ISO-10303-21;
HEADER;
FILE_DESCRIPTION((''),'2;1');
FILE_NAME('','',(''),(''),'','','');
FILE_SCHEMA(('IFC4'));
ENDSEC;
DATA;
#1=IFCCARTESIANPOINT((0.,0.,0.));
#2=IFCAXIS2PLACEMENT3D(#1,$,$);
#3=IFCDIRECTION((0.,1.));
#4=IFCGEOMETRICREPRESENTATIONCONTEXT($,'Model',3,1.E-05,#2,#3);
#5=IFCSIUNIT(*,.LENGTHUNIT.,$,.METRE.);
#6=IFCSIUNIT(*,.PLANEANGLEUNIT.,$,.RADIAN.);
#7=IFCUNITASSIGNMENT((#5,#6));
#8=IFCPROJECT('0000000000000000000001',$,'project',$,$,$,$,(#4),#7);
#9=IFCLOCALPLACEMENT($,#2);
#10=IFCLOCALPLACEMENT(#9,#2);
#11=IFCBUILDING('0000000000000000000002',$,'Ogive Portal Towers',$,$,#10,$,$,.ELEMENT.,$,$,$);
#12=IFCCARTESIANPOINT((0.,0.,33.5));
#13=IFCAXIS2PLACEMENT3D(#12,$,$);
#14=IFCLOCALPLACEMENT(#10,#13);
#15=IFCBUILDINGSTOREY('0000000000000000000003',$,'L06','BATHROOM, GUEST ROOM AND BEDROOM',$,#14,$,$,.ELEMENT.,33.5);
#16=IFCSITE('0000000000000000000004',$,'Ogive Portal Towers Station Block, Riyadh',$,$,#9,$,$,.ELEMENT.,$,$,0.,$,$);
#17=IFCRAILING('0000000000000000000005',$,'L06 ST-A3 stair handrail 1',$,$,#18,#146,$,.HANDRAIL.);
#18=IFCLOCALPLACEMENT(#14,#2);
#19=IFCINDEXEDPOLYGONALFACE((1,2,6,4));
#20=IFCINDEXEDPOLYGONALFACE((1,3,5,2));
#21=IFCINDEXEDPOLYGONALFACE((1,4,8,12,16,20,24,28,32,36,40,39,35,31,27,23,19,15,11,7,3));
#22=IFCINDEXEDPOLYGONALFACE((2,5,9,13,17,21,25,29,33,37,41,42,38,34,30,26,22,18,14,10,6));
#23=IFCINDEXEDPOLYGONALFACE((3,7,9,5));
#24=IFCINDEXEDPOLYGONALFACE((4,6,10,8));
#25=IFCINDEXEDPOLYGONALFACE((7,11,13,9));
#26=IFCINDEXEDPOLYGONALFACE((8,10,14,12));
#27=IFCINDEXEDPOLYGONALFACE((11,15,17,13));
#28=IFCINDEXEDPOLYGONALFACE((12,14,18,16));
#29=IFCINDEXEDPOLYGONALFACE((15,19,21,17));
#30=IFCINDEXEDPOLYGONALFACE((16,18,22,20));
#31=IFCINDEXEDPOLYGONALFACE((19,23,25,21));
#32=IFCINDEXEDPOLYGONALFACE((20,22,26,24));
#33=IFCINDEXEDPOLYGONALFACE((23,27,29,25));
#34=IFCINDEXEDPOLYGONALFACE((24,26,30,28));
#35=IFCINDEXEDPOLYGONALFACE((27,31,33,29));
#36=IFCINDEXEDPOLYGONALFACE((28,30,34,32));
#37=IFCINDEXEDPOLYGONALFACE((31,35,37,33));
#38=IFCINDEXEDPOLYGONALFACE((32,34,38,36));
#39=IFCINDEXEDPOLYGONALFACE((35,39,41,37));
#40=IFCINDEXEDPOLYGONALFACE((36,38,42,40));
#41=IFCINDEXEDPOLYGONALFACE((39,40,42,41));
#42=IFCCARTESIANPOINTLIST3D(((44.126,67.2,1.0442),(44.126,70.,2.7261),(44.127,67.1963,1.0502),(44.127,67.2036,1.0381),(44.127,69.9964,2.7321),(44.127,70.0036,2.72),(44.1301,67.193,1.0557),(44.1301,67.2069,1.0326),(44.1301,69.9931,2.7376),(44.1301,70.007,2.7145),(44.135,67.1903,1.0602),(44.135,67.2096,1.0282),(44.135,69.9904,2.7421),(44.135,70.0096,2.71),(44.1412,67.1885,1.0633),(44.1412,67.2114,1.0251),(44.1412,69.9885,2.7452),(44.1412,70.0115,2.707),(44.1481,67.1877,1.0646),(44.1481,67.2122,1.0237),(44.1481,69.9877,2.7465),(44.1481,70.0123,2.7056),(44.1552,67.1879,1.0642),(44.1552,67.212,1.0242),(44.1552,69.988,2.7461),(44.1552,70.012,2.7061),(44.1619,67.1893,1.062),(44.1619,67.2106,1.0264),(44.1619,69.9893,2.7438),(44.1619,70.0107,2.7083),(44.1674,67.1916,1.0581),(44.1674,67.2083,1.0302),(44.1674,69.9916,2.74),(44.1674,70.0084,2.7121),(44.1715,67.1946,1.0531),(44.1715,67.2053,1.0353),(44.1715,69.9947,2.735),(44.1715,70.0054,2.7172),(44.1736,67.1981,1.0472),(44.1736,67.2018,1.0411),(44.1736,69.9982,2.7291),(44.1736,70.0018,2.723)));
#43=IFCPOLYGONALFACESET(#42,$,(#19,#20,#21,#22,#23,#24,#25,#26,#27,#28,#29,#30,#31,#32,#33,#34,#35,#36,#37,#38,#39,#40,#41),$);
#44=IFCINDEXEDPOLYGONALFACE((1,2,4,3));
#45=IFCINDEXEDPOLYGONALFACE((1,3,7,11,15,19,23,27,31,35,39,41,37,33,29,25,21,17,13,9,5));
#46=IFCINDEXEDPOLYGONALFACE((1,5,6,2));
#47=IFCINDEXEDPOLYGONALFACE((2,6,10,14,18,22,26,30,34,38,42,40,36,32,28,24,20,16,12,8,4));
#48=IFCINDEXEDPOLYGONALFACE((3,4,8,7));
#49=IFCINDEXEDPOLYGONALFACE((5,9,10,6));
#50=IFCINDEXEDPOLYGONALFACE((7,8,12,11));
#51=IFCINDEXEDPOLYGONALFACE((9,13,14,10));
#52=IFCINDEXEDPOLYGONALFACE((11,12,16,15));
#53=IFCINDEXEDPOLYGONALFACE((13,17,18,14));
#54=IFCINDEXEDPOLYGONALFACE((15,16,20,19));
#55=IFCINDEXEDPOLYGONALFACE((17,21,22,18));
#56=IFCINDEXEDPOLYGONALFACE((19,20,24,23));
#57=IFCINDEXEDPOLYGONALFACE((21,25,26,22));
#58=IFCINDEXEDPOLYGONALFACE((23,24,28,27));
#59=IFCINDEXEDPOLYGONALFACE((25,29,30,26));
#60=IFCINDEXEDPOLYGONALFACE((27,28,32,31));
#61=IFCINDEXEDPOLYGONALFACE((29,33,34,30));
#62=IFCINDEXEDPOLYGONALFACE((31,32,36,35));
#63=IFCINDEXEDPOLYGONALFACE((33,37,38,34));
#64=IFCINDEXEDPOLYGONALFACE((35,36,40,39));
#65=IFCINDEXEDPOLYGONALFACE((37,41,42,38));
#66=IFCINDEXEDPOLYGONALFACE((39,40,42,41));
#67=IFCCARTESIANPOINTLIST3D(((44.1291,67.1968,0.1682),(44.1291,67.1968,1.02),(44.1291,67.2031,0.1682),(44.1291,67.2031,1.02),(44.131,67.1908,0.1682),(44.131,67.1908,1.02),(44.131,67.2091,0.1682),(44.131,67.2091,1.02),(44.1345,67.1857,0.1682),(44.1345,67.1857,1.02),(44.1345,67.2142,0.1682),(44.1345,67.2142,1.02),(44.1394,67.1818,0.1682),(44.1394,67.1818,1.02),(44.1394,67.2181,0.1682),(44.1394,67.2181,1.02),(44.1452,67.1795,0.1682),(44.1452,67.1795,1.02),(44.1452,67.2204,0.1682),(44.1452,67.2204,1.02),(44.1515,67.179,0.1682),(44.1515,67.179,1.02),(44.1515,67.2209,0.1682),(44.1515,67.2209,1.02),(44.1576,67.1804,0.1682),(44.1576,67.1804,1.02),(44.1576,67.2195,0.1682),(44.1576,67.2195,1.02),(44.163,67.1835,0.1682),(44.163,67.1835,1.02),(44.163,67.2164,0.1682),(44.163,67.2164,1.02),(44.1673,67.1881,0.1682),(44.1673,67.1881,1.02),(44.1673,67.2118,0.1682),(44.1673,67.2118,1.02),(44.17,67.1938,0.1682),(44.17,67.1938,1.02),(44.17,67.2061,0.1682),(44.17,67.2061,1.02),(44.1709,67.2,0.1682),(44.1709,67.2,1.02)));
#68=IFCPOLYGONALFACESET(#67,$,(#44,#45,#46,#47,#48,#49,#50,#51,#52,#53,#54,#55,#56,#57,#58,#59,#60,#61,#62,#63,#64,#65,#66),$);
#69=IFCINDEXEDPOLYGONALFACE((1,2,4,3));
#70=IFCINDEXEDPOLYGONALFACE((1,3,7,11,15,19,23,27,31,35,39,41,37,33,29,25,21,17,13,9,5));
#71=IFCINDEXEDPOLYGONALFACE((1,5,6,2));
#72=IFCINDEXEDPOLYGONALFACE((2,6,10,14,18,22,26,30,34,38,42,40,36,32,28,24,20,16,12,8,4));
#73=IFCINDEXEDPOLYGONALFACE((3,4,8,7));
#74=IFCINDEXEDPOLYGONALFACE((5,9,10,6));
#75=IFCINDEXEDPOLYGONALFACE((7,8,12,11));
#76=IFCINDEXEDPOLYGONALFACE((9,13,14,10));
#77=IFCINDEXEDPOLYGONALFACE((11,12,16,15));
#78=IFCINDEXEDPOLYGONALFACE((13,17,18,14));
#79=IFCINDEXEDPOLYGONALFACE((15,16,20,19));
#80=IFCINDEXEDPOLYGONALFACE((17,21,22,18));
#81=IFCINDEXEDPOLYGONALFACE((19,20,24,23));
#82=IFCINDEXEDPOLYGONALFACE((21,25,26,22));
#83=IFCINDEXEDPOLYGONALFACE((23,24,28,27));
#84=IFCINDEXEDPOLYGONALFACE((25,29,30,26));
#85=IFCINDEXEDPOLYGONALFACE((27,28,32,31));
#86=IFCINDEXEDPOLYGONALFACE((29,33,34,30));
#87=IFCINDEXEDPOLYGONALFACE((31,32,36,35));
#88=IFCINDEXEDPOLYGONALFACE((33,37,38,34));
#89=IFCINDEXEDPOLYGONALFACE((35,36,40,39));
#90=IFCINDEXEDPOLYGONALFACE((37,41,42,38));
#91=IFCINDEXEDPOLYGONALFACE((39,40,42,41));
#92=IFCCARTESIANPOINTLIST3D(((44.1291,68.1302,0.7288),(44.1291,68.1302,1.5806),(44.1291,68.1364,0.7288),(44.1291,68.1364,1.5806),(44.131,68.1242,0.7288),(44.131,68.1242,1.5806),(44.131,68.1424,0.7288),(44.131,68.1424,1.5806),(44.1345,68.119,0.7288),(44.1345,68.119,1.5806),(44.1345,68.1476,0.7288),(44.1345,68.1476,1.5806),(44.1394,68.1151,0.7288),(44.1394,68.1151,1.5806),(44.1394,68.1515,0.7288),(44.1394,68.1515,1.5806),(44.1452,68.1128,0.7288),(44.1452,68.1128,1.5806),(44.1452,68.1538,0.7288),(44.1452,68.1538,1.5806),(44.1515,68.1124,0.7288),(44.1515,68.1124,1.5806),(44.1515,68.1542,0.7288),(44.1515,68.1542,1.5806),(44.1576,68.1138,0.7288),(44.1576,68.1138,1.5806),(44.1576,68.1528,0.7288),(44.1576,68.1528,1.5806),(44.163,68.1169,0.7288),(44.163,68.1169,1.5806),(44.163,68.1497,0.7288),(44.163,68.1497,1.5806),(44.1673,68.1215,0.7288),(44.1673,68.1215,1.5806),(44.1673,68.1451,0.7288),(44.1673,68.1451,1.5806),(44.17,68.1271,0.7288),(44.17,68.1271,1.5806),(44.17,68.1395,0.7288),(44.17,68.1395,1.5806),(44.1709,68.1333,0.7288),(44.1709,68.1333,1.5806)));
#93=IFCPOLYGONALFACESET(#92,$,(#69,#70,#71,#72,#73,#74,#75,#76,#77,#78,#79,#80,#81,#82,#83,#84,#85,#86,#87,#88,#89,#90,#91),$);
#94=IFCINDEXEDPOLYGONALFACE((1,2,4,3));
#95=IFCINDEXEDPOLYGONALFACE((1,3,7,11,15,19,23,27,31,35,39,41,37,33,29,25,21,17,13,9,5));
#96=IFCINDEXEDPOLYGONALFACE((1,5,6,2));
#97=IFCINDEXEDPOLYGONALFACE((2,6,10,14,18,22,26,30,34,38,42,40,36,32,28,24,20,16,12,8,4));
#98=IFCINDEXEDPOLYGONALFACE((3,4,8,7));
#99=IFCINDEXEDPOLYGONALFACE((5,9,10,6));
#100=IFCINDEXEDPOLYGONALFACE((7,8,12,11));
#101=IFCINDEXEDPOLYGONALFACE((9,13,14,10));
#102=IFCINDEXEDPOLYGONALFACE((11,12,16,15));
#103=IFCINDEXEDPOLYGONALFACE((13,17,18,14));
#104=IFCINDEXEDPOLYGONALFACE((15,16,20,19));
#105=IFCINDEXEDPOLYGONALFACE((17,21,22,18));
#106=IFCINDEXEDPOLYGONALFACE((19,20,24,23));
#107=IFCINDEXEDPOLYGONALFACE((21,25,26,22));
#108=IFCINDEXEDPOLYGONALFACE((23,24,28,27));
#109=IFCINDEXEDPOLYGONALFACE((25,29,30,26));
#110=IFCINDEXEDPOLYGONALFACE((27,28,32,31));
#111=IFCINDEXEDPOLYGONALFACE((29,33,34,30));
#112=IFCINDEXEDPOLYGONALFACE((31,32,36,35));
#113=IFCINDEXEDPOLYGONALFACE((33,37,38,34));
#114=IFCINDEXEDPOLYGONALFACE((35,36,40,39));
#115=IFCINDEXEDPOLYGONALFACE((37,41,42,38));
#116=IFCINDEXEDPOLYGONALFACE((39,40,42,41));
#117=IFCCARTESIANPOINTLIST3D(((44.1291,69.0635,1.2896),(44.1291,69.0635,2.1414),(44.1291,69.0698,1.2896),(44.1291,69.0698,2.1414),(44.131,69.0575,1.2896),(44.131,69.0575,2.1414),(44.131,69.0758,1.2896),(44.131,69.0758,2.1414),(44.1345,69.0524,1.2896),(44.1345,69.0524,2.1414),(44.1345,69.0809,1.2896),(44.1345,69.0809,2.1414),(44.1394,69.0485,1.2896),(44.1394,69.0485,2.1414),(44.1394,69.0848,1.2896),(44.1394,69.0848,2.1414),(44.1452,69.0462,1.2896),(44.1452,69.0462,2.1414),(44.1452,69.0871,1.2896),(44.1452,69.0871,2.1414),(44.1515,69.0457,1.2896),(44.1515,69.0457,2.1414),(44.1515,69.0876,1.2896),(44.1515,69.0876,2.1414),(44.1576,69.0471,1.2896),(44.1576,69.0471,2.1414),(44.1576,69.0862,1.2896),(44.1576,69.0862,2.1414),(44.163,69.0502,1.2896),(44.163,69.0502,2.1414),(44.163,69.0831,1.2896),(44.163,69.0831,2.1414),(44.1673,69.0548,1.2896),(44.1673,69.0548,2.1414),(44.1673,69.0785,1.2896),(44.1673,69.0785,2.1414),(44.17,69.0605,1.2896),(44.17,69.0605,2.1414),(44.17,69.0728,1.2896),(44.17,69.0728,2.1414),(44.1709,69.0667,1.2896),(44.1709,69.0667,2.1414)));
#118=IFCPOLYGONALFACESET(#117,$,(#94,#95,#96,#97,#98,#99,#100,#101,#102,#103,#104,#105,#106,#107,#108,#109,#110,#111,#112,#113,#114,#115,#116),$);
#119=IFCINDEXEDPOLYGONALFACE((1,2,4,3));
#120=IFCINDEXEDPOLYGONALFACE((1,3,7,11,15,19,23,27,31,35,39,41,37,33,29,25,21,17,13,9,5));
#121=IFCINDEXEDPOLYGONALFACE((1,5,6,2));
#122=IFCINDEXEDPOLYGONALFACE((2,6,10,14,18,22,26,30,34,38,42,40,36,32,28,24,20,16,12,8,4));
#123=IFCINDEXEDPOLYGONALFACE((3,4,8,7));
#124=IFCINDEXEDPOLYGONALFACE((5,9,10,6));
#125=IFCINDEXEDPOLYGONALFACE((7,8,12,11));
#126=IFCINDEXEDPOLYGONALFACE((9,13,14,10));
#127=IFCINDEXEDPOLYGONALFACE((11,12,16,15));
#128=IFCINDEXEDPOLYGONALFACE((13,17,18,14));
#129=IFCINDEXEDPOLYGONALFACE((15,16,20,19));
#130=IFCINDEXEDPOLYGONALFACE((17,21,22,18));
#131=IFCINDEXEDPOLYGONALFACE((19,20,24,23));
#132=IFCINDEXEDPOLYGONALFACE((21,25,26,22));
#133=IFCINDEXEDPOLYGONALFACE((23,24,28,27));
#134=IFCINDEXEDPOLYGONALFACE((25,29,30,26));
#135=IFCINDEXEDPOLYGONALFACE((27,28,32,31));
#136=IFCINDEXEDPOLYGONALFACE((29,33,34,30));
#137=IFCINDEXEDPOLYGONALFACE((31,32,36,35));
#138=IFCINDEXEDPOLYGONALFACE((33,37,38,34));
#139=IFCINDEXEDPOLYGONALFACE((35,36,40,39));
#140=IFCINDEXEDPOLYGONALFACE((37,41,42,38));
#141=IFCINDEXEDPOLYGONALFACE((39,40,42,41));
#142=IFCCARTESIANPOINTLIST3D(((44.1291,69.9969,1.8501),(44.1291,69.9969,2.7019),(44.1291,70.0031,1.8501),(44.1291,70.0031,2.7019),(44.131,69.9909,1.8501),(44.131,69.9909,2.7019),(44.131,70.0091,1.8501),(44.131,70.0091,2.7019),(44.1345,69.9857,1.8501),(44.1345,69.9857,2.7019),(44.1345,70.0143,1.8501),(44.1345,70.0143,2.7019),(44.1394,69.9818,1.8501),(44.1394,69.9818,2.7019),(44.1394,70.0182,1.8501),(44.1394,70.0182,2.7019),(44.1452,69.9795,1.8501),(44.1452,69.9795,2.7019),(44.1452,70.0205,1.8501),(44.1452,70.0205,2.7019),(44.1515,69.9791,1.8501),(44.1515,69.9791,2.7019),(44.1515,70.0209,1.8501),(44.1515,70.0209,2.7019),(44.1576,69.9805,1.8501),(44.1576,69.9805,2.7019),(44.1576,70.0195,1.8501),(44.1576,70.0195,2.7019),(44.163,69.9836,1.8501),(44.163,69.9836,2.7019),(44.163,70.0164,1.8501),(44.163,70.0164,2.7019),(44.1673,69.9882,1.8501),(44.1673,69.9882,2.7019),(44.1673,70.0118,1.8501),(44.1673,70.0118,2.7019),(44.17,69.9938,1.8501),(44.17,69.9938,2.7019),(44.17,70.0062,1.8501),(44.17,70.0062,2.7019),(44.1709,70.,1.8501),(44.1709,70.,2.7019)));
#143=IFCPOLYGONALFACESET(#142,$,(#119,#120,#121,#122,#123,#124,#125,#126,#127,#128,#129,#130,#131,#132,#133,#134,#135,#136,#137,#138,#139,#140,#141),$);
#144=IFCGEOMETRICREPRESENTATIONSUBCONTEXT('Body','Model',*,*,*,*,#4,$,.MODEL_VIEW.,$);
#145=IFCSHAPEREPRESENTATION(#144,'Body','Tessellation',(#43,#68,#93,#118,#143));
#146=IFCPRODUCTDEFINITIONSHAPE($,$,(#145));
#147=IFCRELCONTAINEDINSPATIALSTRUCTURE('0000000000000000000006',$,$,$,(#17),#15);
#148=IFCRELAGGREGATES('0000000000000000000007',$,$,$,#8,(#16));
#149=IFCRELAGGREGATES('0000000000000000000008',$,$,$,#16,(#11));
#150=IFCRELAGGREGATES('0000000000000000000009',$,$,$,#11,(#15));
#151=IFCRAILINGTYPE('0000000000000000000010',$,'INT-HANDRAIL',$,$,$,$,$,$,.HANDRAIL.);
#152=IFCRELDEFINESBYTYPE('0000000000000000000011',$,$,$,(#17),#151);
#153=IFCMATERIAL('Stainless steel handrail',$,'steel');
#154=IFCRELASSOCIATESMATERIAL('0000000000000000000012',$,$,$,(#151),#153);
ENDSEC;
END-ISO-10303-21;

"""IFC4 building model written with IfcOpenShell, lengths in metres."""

from ifc_helpers import new_model, si_unit, direction, frame, origin, origin_2d, place, context, subcontext, project, spatial, circle, extrude, material, type_object, element, save


model = new_model("IFC4")

# Units and contexts
model_context = context("Model", 3, precision=1e-05, world=origin(), true_north=direction((0.0, 1.0)))
body_context = subcontext(model_context, "Body", "Model", "MODEL_VIEW")
ifc_project = project(units=[si_unit("LENGTHUNIT", "METRE"), si_unit("PLANEANGLEUNIT", "RADIAN")], contexts=[model_context])

# Site, building, storey
site_placement = place(None, origin())
site = spatial("IfcSite", under=ifc_project, at=site_placement, Name="Ogive Portal Towers Station Block, Riyadh", CompositionType="ELEMENT", RefElevation=0.0)
building_placement = place(site_placement, origin())
building = spatial("IfcBuilding", under=site, at=building_placement, Name="Ogive Portal Towers", CompositionType="ELEMENT")
storey_placement = place(building_placement, frame((0.0, 0.0, 33.5)))
storey = spatial("IfcBuildingStorey", under=building, at=storey_placement, Name="L06", Description="BATHROOM, GUEST ROOM AND BEDROOM", CompositionType="ELEMENT", Elevation=33.5)

# Railing
ifc_material_1 = material(Name="Stainless steel handrail", Category="steel")
railing_type_1 = type_object("IfcRailingType", Name="INT-HANDRAIL", PredefinedType="HANDRAIL", material=ifc_material_1)
railing_1_placement = place(storey_placement, frame((44.1499, 67.2, 0.1682)))
element("IfcRailing", 1, at=railing_1_placement, inside=storey, type_object=railing_type_1, Name="L06 ST-A3 stair handrail 1", PredefinedType="HANDRAIL", context=body_context, shape_type="SweptSolid", body=[
    extrude(circle(Radius=0.0239, at=origin_2d()), frame((0.0, 0.0, 0.876), z_axis=(0.0, 0.857242, 0.514913), x_axis=(-1.0, 0.0, 0.0)), (0.0, 0.0, 1.0), 3.2664),
    extrude(circle(Radius=0.021, at=origin_2d()), origin(), (0.0, 0.0, 1.0), 0.8518),
    extrude(circle(Radius=0.021, at=origin_2d()), frame((0.0, 0.9333, 0.5605)), (0.0, 0.0, 1.0), 0.8518),
    extrude(circle(Radius=0.021, at=origin_2d()), frame((0.0, 1.8667, 1.1213)), (0.0, 0.0, 1.0), 0.8518),
    extrude(circle(Radius=0.021, at=origin_2d()), frame((0.0, 2.8, 1.6819)), (0.0, 0.0, 1.0), 0.8518),
])

save(model, "model.ifc")
